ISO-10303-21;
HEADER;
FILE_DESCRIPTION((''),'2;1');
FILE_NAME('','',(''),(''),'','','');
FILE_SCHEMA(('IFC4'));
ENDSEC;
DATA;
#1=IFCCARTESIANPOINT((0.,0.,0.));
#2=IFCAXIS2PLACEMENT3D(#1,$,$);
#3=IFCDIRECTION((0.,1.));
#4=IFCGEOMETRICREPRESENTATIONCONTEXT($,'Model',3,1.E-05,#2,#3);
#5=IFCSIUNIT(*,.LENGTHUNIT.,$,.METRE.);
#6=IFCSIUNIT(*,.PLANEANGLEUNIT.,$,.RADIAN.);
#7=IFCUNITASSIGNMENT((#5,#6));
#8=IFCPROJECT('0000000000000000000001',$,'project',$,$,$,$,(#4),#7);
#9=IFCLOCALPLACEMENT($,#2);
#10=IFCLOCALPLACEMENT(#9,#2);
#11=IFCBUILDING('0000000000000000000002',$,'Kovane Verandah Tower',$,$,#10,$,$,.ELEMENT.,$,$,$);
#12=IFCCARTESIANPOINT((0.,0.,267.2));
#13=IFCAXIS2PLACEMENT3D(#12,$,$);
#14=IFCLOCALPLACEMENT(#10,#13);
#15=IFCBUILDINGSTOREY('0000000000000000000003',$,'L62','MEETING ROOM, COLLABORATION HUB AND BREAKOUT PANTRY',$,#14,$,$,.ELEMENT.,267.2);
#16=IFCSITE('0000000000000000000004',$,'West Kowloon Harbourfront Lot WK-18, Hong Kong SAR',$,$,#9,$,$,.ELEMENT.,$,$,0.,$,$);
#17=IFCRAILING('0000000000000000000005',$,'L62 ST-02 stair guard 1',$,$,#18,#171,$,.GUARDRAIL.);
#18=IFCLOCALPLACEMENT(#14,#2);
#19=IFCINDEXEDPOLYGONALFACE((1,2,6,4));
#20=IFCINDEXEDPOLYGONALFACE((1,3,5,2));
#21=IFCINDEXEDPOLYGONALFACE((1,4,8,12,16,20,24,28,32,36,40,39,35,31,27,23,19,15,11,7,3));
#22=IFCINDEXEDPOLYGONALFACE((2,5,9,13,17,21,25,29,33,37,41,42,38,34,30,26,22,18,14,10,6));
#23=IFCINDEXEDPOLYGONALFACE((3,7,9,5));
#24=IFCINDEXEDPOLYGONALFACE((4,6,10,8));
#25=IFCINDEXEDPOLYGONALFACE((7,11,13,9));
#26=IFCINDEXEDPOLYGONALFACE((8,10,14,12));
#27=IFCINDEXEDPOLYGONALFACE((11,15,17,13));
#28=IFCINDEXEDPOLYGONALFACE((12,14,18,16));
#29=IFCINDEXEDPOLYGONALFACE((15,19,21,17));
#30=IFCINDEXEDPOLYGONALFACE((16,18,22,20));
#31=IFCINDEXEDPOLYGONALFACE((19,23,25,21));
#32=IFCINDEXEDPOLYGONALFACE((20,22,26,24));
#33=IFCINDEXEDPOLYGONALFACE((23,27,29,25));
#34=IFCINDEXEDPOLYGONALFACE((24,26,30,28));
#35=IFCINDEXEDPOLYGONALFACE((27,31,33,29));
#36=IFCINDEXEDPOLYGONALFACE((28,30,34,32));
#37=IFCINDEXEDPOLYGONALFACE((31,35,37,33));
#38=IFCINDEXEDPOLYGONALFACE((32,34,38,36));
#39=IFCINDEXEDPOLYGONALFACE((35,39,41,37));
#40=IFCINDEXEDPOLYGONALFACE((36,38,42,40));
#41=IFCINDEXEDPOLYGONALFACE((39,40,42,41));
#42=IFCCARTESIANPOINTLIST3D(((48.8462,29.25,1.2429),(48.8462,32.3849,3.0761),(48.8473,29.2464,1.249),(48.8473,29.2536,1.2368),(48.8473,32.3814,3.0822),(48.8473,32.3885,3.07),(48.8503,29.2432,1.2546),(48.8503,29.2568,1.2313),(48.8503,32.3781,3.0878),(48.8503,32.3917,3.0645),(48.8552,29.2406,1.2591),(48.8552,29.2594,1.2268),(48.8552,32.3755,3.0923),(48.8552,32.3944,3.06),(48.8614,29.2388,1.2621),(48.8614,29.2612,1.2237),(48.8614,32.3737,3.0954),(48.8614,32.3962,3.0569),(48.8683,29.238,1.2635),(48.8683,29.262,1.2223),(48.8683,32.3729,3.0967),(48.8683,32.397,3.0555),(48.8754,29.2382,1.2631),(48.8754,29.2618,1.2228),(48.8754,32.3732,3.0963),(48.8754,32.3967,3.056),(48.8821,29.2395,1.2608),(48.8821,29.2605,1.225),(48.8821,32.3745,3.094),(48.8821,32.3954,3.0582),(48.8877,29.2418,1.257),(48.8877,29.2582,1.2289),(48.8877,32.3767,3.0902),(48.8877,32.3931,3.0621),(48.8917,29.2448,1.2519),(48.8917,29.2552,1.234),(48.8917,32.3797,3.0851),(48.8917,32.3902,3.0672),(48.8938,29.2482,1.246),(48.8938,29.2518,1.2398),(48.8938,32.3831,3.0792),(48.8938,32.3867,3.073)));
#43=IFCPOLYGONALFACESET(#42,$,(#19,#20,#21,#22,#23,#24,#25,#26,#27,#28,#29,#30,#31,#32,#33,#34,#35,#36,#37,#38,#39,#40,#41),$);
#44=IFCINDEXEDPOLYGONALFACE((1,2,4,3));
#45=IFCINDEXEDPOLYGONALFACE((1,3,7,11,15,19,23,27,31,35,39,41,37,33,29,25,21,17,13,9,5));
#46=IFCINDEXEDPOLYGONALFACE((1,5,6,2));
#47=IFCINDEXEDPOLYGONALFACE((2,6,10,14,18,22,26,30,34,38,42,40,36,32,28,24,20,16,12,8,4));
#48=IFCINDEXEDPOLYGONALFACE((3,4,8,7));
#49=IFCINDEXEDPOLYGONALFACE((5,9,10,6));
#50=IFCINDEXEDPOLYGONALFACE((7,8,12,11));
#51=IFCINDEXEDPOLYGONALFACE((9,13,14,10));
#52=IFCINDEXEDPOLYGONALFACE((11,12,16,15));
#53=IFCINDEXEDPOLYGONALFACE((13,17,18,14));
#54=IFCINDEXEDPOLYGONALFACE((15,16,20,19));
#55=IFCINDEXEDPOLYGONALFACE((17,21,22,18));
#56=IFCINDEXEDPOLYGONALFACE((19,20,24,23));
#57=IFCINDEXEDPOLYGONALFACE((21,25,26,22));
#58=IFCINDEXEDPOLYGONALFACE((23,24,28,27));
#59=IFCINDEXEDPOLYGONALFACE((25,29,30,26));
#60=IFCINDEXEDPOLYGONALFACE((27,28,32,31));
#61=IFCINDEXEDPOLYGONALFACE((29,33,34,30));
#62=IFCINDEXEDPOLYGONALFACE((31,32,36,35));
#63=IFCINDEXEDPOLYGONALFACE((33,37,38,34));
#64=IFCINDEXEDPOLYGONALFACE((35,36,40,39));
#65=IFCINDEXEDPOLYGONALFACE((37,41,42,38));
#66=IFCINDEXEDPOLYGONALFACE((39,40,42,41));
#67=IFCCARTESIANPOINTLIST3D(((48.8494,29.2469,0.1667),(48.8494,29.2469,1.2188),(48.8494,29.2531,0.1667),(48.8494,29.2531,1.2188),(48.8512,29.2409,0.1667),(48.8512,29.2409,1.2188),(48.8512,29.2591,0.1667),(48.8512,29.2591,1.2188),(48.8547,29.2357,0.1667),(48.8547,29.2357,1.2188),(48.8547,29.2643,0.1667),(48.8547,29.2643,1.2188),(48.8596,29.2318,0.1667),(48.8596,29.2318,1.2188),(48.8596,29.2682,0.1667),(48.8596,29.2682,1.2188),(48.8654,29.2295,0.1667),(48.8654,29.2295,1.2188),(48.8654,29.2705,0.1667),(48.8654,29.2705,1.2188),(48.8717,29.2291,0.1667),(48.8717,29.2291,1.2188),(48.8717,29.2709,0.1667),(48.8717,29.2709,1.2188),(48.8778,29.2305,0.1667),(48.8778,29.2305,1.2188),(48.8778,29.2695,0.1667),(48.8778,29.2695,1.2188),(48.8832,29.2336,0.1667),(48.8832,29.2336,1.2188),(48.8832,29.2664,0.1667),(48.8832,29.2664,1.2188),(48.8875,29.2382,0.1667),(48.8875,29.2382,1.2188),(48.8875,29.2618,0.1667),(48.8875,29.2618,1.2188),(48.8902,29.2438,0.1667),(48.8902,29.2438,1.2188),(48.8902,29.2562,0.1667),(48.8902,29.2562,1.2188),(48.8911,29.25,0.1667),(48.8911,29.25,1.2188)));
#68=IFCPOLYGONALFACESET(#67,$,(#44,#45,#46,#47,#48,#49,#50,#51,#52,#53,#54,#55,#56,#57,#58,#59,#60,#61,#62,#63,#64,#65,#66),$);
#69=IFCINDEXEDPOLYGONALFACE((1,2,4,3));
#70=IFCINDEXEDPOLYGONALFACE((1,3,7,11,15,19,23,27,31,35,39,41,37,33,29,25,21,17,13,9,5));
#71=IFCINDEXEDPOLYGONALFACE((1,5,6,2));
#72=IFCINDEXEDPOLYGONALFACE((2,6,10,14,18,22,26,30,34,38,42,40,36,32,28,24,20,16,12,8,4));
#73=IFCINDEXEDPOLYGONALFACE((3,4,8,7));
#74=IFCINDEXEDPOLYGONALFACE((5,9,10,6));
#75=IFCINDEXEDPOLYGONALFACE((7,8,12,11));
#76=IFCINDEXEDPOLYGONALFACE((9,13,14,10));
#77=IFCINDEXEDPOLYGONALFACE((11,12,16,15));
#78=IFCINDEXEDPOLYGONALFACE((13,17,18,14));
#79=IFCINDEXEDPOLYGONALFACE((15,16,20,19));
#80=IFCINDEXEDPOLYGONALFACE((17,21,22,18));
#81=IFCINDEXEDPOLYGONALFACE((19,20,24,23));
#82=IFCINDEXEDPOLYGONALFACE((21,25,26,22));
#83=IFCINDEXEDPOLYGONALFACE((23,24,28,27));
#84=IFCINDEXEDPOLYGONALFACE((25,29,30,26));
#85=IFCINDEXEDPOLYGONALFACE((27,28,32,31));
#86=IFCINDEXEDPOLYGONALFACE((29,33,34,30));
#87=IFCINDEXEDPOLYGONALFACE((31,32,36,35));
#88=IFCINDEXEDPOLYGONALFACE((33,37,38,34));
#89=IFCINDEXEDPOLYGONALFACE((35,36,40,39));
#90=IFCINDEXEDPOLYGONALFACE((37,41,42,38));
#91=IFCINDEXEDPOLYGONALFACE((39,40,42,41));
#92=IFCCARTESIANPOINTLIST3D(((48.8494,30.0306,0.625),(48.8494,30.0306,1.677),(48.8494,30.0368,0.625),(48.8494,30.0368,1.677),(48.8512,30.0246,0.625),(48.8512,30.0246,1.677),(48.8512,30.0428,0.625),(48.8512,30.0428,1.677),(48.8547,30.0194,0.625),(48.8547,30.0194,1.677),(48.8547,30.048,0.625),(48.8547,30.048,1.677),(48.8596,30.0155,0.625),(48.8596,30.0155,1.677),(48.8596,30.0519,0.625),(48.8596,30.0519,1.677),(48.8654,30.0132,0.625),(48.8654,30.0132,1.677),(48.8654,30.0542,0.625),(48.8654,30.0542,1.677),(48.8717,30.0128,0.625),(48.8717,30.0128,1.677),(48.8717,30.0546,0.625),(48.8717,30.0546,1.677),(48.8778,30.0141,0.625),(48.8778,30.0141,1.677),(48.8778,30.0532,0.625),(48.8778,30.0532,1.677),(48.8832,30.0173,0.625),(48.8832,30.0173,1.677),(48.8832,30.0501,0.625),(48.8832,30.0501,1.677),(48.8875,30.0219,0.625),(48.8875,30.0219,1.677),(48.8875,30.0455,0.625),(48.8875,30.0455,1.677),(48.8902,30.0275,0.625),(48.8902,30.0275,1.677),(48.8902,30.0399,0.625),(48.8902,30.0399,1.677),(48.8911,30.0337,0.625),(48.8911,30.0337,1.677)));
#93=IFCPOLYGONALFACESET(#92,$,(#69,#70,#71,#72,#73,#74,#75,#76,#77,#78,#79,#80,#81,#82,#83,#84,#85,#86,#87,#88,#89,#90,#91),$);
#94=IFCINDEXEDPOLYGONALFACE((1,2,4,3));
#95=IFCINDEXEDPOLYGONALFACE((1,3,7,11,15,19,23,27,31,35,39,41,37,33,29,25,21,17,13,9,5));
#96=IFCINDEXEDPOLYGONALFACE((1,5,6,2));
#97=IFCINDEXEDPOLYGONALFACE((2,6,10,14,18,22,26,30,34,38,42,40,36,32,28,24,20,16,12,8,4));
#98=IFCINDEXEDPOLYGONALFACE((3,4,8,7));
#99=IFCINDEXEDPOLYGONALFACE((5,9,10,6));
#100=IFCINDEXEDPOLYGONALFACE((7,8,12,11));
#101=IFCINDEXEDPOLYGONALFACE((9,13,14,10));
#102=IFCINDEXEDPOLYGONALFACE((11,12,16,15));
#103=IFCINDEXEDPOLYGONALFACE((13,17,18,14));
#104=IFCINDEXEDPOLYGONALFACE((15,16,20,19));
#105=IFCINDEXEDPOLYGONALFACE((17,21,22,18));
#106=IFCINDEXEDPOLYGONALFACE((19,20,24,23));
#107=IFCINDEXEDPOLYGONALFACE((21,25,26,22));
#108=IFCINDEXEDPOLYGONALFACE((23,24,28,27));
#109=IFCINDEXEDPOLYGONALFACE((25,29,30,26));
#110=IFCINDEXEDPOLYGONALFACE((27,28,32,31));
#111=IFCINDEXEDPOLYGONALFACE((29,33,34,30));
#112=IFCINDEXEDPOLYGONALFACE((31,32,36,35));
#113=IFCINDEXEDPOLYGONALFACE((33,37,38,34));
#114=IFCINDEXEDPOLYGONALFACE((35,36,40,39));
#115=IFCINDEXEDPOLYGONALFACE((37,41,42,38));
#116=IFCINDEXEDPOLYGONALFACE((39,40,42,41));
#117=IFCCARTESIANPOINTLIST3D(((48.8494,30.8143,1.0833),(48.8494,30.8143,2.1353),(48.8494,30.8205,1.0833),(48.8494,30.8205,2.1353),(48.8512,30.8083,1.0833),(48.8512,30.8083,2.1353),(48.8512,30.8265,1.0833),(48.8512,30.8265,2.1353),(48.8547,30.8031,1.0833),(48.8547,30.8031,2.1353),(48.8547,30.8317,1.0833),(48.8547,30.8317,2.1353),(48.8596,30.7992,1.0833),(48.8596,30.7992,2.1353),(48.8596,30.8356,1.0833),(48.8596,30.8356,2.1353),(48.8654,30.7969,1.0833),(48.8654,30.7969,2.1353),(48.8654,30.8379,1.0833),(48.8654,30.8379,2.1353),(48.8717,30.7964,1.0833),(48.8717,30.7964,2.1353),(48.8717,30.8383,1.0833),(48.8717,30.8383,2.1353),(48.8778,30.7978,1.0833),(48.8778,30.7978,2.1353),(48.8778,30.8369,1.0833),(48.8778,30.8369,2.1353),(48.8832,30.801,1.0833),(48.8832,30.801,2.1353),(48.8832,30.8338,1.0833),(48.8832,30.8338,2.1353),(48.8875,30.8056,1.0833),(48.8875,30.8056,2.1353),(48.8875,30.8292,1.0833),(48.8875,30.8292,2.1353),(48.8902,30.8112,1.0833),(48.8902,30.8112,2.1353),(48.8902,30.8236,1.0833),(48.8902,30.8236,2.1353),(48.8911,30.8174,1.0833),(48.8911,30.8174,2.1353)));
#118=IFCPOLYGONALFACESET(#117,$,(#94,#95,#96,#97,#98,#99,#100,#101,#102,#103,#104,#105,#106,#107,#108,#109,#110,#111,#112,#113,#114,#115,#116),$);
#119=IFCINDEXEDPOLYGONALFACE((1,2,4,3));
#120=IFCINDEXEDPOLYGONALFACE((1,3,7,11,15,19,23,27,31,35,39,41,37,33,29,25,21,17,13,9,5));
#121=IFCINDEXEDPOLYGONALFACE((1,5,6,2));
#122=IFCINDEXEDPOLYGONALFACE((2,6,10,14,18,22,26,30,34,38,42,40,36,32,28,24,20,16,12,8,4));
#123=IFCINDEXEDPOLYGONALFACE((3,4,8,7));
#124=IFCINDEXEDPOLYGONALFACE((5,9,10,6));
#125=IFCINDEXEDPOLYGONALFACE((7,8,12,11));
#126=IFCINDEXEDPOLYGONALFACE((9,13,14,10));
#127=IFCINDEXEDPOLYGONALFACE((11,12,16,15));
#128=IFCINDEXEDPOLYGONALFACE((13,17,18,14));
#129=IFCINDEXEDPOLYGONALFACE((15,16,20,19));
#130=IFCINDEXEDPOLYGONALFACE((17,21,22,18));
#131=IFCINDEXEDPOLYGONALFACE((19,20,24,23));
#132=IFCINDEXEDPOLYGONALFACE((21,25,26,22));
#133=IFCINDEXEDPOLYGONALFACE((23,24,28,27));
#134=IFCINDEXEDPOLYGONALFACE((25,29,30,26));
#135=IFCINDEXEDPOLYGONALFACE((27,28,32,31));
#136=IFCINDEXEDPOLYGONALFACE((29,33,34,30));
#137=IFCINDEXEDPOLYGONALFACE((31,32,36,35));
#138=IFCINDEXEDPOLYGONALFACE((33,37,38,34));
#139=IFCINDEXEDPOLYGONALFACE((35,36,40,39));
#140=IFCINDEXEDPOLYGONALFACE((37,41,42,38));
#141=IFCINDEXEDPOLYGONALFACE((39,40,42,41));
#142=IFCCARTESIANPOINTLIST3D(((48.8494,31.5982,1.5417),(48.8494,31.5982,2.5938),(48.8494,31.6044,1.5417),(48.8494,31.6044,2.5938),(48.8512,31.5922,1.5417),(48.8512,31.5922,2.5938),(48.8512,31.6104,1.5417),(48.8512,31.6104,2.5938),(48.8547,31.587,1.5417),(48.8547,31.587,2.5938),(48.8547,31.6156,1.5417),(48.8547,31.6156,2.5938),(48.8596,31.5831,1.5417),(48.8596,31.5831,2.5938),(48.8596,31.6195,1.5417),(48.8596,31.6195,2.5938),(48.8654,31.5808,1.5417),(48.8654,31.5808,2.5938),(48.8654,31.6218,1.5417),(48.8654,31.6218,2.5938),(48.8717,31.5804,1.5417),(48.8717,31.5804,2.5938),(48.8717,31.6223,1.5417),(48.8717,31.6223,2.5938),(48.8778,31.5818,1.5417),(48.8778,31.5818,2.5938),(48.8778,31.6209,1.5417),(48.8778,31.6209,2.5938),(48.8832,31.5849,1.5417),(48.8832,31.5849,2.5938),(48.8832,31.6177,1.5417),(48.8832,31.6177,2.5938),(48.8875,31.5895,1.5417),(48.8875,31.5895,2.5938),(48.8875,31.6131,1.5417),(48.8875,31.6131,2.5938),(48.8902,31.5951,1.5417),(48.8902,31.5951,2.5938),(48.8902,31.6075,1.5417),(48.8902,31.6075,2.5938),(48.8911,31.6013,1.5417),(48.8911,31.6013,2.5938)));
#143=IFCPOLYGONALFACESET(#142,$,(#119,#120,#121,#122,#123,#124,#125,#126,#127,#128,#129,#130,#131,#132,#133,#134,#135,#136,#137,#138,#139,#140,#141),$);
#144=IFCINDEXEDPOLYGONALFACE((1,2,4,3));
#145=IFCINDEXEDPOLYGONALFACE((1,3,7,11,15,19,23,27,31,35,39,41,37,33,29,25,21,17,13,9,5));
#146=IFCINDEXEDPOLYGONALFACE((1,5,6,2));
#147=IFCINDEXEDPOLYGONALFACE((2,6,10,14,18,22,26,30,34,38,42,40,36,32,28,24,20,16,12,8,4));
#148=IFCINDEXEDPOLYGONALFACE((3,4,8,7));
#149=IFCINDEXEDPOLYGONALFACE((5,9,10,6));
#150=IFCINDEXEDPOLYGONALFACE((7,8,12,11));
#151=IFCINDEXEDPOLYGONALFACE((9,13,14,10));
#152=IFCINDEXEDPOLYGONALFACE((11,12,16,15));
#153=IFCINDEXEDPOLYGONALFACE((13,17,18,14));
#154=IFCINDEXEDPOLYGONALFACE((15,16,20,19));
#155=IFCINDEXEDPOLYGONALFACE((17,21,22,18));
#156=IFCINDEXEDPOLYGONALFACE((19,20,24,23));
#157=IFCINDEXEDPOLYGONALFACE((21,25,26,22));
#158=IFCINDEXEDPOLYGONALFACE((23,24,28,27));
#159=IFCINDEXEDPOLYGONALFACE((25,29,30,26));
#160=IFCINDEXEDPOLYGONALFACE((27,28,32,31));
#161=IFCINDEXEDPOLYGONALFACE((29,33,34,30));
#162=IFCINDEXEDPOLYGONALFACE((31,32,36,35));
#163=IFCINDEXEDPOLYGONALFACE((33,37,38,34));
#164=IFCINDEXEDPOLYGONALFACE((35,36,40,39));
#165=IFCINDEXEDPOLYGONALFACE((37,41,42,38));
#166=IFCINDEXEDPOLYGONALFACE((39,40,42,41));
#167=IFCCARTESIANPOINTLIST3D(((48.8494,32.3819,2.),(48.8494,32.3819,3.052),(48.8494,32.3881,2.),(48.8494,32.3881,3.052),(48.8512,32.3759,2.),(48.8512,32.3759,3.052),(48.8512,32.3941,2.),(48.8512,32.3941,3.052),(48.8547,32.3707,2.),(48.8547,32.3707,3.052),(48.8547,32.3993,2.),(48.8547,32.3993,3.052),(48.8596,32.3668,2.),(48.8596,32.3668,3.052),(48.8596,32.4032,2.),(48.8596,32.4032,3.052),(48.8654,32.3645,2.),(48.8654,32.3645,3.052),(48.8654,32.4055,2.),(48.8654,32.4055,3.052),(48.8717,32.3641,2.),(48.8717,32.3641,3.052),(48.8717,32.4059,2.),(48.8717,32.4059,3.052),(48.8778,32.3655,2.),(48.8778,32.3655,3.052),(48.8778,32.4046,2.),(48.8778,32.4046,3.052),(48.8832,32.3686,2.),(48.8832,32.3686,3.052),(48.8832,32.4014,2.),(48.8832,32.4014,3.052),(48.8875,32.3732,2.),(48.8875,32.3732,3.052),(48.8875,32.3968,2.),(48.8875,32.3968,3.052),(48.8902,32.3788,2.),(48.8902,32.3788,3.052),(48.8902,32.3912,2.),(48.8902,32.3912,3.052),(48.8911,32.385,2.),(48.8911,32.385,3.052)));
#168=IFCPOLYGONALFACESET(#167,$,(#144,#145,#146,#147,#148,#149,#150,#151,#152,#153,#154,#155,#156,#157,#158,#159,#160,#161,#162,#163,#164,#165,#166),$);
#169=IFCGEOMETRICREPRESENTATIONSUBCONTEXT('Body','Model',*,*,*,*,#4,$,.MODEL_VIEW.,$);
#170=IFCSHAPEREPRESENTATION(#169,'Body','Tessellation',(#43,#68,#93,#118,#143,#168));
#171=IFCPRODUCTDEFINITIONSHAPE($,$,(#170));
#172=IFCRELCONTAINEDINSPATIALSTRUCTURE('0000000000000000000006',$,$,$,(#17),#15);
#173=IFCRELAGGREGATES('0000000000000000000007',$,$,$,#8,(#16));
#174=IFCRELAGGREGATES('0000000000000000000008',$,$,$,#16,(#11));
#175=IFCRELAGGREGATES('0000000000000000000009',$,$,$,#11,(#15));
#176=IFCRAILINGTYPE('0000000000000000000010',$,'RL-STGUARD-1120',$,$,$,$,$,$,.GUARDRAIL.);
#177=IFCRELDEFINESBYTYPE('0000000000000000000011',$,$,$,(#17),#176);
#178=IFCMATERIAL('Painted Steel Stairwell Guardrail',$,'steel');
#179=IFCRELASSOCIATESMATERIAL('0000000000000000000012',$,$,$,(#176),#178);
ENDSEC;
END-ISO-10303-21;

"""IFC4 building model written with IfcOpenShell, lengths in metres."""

from ifc_helpers import new_model, si_unit, direction, frame, origin, origin_2d, place, context, subcontext, project, spatial, circle, extrude, material, type_object, element, save


model = new_model("IFC4")

# Units and contexts
model_context = context("Model", 3, precision=1e-05, world=origin(), true_north=direction((0.0, 1.0)))
body_context = subcontext(model_context, "Body", "Model", "MODEL_VIEW")
ifc_project = project(units=[si_unit("LENGTHUNIT", "METRE"), si_unit("PLANEANGLEUNIT", "RADIAN")], contexts=[model_context])

# Site, building, storey
site_placement = place(None, origin())
site = spatial("IfcSite", under=ifc_project, at=site_placement, Name="West Kowloon Harbourfront Lot WK-18, Hong Kong SAR", CompositionType="ELEMENT", RefElevation=0.0)
building_placement = place(site_placement, origin())
building = spatial("IfcBuilding", under=site, at=building_placement, Name="Kovane Verandah Tower", CompositionType="ELEMENT")
storey_placement = place(building_placement, frame((0.0, 0.0, 267.2)))
storey = spatial("IfcBuildingStorey", under=building, at=storey_placement, Name="L62", Description="MEETING ROOM, COLLABORATION HUB AND BREAKOUT PANTRY", CompositionType="ELEMENT", Elevation=267.2)

# Railing
ifc_material_1 = material(Name="Painted Steel Stairwell Guardrail", Category="steel")
railing_type_1 = type_object("IfcRailingType", Name="RL-STGUARD-1120", PredefinedType="GUARDRAIL", material=ifc_material_1)
railing_1_placement = place(storey_placement, frame((48.8701, 29.25, 0.1667)))
element("IfcRailing", 1, at=railing_1_placement, inside=storey, type_object=railing_type_1, Name="L62 ST-02 stair guard 1", PredefinedType="GUARDRAIL", context=body_context, shape_type="SweptSolid", body=[
    extrude(circle(Radius=0.0239, at=origin_2d()), frame((0.0, 0.0, 1.0762), z_axis=(0.0, 0.86324, 0.504794), x_axis=(-1.0, 0.0, 0.0)), (0.0, 0.0, 1.0), 3.6316),
    extrude(circle(Radius=0.021, at=origin_2d()), origin(), (0.0, 0.0, 1.0), 1.052),
    extrude(circle(Radius=0.021, at=origin_2d()), frame((0.0, 0.7837, 0.4583)), (0.0, 0.0, 1.0), 1.052),
    extrude(circle(Radius=0.021, at=origin_2d()), frame((0.0, 1.5674, 0.9165)), (0.0, 0.0, 1.0), 1.052),
    extrude(circle(Radius=0.021, at=origin_2d()), frame((0.0, 2.3513, 1.375)), (0.0, 0.0, 1.0), 1.052),
    extrude(circle(Radius=0.021, at=origin_2d()), frame((0.0, 3.135, 1.8333)), (0.0, 0.0, 1.0), 1.052),
])

save(model, "model.ifc")
